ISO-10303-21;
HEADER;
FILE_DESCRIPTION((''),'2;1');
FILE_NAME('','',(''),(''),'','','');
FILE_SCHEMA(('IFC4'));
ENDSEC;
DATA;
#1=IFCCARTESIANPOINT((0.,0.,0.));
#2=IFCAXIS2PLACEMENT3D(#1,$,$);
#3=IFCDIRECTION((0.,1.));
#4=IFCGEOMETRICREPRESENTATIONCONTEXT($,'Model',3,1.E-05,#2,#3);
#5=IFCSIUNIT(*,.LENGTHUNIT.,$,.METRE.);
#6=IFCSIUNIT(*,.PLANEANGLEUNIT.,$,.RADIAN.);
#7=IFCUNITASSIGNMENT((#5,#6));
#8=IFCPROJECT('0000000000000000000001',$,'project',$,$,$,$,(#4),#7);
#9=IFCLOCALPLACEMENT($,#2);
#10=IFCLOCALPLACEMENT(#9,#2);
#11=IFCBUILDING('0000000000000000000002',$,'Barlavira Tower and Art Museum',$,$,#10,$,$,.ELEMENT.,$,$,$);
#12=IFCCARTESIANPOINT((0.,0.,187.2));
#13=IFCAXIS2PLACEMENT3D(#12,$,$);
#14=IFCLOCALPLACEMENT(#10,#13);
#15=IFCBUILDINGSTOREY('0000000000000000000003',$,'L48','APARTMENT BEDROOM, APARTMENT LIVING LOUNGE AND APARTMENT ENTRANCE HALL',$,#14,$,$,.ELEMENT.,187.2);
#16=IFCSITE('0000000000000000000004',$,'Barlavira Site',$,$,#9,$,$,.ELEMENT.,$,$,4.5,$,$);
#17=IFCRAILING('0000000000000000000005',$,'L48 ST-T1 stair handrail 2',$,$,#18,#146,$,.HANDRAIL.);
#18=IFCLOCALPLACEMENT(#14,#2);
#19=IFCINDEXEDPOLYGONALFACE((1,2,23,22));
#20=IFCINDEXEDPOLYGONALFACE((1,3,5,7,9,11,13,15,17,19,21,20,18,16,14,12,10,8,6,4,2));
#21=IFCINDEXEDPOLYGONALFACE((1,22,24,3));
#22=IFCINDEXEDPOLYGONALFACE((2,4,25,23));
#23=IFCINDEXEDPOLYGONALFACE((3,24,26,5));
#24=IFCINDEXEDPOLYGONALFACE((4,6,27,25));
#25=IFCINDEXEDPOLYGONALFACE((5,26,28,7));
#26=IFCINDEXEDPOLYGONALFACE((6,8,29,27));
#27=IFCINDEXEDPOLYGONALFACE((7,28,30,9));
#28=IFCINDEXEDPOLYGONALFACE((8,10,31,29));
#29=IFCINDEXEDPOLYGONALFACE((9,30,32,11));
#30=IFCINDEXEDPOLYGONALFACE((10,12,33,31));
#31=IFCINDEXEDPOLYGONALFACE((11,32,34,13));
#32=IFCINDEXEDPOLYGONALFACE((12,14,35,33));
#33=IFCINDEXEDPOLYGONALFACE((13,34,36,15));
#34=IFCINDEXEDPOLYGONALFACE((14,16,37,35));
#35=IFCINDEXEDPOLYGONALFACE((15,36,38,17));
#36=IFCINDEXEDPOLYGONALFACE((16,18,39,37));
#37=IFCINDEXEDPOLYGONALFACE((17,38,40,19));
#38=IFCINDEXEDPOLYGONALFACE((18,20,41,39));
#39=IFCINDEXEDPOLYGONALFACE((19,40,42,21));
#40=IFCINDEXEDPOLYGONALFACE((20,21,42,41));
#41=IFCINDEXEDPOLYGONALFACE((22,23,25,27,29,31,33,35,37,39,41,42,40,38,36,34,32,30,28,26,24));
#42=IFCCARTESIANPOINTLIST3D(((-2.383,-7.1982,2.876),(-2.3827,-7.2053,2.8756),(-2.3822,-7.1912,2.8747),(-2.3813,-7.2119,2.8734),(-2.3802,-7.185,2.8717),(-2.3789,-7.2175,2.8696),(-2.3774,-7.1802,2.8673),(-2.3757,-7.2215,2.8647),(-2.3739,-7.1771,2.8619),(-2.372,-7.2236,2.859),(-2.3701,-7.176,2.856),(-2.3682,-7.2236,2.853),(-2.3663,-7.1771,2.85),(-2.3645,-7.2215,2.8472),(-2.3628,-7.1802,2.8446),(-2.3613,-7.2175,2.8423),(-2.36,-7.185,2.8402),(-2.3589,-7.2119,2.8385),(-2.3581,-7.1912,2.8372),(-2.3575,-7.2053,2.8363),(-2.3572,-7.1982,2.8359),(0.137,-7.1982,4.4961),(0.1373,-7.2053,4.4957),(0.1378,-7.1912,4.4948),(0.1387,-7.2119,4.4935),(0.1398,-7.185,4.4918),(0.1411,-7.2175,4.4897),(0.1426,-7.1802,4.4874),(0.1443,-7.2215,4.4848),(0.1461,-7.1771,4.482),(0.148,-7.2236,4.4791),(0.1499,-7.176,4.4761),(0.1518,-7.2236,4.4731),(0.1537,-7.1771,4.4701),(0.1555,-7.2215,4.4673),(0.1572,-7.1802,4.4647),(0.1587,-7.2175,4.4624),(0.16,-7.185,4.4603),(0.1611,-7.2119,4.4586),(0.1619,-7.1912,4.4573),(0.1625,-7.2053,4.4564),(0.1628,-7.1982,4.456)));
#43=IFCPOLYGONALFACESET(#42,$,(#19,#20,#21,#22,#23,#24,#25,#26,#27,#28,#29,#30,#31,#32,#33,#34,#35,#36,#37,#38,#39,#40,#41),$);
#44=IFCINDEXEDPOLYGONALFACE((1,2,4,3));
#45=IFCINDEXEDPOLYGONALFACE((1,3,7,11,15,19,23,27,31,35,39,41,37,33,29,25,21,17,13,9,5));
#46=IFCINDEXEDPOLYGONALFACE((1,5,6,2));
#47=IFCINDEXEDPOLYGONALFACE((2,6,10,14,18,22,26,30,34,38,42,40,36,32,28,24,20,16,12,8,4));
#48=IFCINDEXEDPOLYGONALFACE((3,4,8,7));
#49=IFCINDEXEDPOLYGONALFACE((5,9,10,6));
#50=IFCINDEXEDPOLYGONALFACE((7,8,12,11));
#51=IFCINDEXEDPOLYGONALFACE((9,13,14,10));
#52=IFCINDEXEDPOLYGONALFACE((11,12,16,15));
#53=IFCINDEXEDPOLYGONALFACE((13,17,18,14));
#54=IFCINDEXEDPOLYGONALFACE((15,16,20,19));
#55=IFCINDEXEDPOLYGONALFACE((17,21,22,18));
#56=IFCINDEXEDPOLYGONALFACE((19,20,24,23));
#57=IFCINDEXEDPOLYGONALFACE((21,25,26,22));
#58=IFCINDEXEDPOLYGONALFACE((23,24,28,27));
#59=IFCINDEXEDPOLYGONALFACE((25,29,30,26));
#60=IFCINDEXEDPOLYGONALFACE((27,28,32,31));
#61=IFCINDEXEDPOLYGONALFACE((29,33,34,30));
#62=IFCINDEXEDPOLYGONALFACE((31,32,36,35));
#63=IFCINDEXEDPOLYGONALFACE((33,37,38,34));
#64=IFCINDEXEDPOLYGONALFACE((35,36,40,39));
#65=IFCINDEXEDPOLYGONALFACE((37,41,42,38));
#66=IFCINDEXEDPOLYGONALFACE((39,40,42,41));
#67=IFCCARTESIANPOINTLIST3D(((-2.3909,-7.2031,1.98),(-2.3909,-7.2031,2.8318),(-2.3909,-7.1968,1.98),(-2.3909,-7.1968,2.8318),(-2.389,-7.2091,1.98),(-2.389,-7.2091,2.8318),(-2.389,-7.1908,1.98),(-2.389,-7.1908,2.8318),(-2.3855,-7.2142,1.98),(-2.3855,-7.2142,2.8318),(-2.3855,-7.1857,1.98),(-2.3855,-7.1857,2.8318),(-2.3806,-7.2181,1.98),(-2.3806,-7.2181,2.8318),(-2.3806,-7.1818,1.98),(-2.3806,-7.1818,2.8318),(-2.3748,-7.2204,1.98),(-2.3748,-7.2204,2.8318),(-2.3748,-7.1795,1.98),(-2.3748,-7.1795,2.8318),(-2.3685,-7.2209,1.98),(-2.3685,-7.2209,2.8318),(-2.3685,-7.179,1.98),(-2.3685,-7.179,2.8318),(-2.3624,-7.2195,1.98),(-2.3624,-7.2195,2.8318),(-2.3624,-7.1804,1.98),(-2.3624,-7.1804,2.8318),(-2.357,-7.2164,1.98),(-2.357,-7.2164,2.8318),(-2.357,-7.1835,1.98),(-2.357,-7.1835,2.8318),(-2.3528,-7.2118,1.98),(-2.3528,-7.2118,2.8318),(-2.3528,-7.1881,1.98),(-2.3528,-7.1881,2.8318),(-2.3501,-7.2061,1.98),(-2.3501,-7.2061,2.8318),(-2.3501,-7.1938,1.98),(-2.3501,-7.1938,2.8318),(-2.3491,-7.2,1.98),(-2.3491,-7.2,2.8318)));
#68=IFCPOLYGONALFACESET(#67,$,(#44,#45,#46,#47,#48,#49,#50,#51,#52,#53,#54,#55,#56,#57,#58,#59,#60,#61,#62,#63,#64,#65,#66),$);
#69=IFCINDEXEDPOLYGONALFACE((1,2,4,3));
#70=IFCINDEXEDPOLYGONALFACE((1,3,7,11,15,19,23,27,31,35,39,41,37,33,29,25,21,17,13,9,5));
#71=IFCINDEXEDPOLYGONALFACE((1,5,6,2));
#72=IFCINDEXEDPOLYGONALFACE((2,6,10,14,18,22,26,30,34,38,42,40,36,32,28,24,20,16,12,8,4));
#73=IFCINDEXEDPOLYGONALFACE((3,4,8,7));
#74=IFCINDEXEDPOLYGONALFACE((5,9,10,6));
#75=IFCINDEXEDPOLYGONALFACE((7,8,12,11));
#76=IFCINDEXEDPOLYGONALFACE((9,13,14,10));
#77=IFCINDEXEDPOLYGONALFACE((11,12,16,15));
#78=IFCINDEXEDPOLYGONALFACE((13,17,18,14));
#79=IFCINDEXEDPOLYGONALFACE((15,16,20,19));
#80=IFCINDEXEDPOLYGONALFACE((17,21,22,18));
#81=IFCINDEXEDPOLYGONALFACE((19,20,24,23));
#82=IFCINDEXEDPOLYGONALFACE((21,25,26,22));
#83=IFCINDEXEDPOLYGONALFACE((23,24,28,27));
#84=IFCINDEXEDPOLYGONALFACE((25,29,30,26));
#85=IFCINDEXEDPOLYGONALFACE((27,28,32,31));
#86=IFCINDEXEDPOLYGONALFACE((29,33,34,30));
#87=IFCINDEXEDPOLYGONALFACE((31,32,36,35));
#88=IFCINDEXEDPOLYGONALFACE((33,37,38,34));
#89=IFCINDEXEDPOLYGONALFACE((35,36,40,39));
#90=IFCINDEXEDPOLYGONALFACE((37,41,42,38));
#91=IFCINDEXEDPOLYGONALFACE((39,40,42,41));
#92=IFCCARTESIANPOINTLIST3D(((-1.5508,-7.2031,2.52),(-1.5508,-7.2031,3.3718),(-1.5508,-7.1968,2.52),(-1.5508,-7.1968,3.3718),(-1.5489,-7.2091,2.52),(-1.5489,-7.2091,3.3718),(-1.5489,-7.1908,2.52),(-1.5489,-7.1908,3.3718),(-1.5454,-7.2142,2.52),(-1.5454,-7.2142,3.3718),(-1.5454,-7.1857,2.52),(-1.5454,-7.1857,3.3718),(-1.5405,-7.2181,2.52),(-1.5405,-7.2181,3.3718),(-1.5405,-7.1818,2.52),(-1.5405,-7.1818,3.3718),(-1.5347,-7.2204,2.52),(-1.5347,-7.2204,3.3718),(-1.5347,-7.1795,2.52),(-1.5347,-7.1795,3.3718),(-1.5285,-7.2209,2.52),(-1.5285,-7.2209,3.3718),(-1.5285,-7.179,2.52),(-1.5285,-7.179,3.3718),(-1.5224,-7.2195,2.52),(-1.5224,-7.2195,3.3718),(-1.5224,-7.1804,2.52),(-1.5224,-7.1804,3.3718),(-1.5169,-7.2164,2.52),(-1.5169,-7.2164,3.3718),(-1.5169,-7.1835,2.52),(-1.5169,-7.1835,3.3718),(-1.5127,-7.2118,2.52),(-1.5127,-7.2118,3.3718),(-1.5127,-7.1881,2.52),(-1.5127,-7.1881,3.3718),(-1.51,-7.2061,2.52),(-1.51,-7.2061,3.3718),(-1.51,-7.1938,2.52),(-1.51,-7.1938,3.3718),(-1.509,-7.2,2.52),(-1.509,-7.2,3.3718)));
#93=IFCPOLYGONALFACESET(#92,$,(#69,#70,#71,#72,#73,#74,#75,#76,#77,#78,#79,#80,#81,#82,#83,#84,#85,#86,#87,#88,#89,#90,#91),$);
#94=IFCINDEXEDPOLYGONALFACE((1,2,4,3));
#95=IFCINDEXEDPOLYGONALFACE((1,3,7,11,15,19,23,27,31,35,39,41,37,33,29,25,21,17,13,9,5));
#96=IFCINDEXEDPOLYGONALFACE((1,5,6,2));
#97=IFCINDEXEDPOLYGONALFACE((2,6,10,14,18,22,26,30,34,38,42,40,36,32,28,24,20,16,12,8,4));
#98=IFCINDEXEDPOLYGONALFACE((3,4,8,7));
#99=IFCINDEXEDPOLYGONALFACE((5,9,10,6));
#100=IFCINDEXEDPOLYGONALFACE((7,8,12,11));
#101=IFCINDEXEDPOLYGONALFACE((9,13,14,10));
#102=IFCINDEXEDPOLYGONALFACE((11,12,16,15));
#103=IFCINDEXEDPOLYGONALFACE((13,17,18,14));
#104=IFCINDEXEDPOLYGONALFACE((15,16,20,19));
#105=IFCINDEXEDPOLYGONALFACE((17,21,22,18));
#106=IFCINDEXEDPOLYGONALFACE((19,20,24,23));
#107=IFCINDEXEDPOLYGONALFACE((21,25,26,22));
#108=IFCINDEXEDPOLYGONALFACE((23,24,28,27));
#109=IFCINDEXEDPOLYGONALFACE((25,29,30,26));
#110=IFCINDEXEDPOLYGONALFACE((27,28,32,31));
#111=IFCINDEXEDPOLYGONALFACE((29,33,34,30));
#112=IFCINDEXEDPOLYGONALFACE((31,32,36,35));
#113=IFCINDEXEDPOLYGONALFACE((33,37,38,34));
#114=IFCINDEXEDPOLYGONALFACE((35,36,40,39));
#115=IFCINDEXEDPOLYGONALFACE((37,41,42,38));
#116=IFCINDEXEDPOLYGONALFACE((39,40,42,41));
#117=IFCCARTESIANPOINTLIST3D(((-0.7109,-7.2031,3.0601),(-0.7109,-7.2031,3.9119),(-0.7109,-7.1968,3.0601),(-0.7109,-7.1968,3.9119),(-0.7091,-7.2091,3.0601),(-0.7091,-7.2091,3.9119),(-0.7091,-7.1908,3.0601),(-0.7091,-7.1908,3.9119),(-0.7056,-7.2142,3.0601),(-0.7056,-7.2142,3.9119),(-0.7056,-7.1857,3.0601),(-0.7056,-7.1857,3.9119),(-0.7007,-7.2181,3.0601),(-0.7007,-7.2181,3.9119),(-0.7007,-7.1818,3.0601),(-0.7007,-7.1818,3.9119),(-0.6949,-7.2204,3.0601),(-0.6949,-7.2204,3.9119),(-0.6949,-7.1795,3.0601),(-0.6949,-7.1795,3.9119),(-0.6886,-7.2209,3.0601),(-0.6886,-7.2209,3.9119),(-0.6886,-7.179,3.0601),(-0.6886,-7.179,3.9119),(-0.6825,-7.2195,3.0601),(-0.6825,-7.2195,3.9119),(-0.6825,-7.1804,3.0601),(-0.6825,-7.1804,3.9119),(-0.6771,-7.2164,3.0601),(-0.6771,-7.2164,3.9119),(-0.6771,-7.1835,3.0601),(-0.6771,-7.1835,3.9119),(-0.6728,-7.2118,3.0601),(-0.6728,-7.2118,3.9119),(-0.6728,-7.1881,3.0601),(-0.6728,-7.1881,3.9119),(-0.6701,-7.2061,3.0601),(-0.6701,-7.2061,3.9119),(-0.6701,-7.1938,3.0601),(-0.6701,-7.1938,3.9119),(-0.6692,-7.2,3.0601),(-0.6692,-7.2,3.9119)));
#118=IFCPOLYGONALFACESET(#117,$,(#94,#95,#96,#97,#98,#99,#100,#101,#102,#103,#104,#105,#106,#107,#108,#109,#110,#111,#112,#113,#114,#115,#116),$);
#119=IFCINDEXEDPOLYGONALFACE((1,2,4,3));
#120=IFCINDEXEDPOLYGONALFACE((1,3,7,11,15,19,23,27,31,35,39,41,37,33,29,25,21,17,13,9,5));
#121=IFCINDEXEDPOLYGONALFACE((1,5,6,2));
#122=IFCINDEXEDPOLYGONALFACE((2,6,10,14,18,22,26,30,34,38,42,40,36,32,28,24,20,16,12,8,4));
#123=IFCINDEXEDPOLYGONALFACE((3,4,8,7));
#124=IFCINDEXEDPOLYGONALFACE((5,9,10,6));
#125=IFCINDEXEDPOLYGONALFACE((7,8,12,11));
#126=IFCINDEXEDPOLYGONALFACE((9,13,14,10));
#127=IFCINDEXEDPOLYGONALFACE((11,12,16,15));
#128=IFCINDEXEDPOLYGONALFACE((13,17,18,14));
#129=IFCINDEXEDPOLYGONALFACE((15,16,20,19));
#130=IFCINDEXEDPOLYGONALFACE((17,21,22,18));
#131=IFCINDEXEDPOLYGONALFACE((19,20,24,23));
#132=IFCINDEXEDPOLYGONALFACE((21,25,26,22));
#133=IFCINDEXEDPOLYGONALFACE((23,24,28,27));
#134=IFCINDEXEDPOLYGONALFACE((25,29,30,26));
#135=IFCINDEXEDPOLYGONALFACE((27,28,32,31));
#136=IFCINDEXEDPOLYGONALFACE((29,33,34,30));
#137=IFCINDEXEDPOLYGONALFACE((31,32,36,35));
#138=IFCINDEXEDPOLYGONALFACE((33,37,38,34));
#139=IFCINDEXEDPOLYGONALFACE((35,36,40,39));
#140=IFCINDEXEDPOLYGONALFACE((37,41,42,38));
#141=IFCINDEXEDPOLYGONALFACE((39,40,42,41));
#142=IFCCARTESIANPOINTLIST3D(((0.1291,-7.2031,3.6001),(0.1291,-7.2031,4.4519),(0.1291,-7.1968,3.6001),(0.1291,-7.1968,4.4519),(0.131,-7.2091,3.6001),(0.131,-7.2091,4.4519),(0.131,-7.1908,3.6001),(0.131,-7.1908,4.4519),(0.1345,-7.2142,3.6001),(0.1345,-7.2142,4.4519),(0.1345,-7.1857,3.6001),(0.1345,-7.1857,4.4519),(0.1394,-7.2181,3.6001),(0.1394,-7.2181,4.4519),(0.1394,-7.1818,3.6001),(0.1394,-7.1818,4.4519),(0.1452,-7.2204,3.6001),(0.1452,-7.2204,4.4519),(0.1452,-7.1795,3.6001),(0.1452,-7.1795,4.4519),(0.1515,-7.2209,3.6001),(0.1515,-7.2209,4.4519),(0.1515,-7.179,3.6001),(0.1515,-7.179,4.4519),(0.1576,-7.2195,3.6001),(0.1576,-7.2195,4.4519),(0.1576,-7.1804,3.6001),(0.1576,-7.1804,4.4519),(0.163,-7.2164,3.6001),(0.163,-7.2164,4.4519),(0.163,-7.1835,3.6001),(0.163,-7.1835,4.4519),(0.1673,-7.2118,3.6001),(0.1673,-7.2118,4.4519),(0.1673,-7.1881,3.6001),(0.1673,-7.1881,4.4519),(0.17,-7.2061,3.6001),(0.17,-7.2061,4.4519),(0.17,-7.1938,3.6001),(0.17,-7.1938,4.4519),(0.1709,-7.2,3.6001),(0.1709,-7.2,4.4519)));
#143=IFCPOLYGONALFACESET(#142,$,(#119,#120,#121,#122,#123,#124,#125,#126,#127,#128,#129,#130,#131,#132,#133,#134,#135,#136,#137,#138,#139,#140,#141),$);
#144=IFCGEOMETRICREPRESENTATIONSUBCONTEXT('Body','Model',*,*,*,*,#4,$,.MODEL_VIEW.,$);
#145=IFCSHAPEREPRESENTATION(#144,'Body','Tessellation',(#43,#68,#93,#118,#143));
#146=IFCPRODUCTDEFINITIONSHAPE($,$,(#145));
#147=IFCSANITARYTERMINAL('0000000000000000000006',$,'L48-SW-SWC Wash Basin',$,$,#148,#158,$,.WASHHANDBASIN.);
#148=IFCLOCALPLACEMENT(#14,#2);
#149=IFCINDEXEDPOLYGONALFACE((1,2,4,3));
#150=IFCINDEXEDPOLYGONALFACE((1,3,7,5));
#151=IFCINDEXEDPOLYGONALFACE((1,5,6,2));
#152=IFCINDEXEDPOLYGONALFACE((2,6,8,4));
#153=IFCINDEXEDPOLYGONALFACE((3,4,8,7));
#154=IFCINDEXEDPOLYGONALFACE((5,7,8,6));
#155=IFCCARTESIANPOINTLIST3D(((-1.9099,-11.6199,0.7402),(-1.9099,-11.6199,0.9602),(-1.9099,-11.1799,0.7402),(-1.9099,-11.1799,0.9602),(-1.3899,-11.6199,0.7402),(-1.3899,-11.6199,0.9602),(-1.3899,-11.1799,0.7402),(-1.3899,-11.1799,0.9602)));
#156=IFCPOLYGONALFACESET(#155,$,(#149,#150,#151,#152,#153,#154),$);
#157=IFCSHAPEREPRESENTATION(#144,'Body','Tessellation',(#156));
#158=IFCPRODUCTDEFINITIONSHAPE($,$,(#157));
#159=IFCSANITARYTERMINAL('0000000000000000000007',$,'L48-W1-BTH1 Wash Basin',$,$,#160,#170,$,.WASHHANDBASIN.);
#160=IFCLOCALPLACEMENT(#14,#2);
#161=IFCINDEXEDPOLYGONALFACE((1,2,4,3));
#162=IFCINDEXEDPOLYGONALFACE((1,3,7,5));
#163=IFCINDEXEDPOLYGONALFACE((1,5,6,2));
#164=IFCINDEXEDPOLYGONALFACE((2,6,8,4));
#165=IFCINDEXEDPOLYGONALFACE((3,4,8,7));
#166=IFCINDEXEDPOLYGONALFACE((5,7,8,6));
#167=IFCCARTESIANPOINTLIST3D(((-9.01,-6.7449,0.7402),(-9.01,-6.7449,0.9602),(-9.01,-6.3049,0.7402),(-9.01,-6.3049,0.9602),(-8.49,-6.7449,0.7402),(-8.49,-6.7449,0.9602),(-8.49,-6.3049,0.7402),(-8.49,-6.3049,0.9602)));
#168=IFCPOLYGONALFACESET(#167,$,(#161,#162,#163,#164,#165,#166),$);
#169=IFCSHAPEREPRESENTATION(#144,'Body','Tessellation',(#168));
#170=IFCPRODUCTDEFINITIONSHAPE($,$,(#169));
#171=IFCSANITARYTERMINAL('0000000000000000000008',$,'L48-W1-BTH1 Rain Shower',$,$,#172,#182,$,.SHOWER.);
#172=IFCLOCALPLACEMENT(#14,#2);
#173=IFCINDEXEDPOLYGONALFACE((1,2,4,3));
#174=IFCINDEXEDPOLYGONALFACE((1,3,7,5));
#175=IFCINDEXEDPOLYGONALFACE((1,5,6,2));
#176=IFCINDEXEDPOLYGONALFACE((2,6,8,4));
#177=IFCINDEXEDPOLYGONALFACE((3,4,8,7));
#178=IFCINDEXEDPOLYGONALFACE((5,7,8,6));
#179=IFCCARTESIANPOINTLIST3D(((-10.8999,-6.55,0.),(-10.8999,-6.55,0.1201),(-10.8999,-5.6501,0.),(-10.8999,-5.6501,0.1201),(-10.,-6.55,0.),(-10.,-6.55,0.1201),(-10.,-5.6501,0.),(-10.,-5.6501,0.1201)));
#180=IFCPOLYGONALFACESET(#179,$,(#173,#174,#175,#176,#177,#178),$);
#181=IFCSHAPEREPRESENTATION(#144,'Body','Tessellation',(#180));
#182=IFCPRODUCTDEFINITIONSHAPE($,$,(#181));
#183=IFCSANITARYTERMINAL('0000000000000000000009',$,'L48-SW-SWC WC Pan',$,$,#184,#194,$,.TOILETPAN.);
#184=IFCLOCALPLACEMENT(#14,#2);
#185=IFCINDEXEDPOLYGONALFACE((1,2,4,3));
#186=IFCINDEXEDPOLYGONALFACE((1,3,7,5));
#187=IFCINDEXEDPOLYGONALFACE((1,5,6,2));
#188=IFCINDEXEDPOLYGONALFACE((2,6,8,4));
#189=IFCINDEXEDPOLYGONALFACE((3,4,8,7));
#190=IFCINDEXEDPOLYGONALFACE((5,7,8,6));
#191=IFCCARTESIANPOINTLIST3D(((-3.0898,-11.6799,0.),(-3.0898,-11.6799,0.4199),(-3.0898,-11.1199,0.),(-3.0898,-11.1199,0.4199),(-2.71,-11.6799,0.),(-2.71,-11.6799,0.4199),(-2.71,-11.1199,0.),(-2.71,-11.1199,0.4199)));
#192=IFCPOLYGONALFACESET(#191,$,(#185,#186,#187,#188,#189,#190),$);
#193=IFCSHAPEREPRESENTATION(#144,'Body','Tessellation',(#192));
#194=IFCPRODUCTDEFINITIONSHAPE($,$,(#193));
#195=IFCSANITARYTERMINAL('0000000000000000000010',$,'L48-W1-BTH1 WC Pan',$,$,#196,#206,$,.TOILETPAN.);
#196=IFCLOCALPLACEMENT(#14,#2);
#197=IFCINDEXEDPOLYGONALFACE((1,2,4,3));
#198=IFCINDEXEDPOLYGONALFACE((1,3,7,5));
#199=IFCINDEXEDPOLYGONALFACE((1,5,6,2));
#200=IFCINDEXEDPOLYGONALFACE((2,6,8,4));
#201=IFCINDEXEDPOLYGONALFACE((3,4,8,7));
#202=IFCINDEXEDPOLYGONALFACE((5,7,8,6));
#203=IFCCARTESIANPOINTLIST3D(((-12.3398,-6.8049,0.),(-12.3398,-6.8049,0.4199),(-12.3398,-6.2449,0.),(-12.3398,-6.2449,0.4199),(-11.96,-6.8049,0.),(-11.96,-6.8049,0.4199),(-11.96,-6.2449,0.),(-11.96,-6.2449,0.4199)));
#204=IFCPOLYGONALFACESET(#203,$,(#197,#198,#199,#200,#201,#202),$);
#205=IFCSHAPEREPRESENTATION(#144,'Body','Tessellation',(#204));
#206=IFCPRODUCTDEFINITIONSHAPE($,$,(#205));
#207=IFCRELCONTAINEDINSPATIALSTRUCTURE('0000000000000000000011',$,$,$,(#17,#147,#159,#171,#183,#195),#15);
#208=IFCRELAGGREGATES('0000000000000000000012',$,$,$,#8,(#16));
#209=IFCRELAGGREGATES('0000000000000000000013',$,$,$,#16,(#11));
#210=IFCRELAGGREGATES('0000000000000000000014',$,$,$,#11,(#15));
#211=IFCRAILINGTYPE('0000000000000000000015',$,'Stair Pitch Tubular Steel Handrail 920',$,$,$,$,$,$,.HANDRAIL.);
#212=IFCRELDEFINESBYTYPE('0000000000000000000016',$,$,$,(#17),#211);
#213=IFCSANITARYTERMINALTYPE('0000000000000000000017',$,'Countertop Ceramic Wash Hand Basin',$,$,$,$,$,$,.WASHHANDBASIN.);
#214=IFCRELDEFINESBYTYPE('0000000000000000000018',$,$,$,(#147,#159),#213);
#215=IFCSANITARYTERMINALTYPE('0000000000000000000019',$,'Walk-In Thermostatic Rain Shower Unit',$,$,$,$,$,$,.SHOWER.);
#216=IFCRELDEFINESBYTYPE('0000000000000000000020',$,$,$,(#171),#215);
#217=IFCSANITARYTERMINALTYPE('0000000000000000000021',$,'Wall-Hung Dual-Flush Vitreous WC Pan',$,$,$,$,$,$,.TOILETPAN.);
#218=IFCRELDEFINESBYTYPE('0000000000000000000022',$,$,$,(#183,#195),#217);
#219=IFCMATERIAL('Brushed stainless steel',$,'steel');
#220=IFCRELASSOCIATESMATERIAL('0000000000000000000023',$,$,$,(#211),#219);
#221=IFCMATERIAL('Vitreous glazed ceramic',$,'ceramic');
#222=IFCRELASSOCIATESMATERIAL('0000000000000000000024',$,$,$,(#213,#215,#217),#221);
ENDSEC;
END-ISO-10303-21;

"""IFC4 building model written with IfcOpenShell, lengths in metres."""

from ifc_helpers import new_model, si_unit, direction, frame, origin, origin_2d, place, context, subcontext, project, spatial, rectangle, circle, extrude, material, type_object, element, save


model = new_model("IFC4")

# Units and contexts
model_context = context("Model", 3, precision=1e-05, world=origin(), true_north=direction((0.0, 1.0)))
body_context = subcontext(model_context, "Body", "Model", "MODEL_VIEW")
ifc_project = project(units=[si_unit("LENGTHUNIT", "METRE"), si_unit("PLANEANGLEUNIT", "RADIAN")], contexts=[model_context])

# Site, building, storey
site_placement = place(None, origin())
site = spatial("IfcSite", under=ifc_project, at=site_placement, Name="Barlavira Site", CompositionType="ELEMENT", RefElevation=4.5)
building_placement = place(site_placement, origin())
building = spatial("IfcBuilding", under=site, at=building_placement, Name="Barlavira Tower and Art Museum", CompositionType="ELEMENT")
storey_placement = place(building_placement, frame((0.0, 0.0, 187.2)))
storey = spatial("IfcBuildingStorey", under=building, at=storey_placement, Name="L48", Description="APARTMENT BEDROOM, APARTMENT LIVING LOUNGE AND APARTMENT ENTRANCE HALL", CompositionType="ELEMENT", Elevation=187.2)

# Shared definitions
ifc_material_1 = material(Name="Brushed stainless steel", Category="steel")

# Railing
railing_type_1 = type_object("IfcRailingType", Name="Stair Pitch Tubular Steel Handrail 920", PredefinedType="HANDRAIL", material=ifc_material_1)
railing_1_placement = place(storey_placement, frame((-2.3701, -7.2, 1.98)))
element("IfcRailing", 1, at=railing_1_placement, inside=storey, type_object=railing_type_1, Name="L48 ST-T1 stair handrail 2", PredefinedType="HANDRAIL", context=body_context, shape_type="SweptSolid", body=[
    extrude(circle(Radius=0.0239, at=origin_2d()), frame((0.0, 0.0, 0.876), z_axis=(0.841163, 0.0, 0.540782), x_axis=(0.0, 1.0, 0.0)), (0.0, 0.0, 1.0), 2.9958),
    extrude(circle(Radius=0.021, at=origin_2d()), origin(), (0.0, 0.0, 1.0), 0.8518),
    extrude(circle(Radius=0.021, at=origin_2d()), frame((0.8401, 0.0, 0.54)), (0.0, 0.0, 1.0), 0.8518),
    extrude(circle(Radius=0.021, at=origin_2d()), frame((1.6799, 0.0, 1.0801)), (0.0, 0.0, 1.0), 0.8518),
    extrude(circle(Radius=0.021, at=origin_2d()), frame((2.52, 0.0, 1.6201)), (0.0, 0.0, 1.0), 0.8518),
])

# Sanitary terminals
ifc_material_2 = material(Name="Vitreous glazed ceramic", Category="ceramic")
sanitary_terminal_type_1 = type_object("IfcSanitaryTerminalType", Name="Countertop Ceramic Wash Hand Basin", PredefinedType="WASHHANDBASIN", material=ifc_material_2)
for number, where, z_axis, x_axis, name in (
    (2, (-1.6499, -11.3999, 0.7402), (0.0, 0.0, 1.0), (1.0, 0.0, 0.0), "L48-SW-SWC Wash Basin"),
    (3, (-8.75, -6.5249, 0.7402), (0.0, 0.0, 1.0), (1.0, 0.0, 0.0), "L48-W1-BTH1 Wash Basin"),
):
    element("IfcSanitaryTerminal", number, at=place(storey_placement, frame(where, z_axis=z_axis, x_axis=x_axis)), inside=storey, type_object=sanitary_terminal_type_1, Name=name, PredefinedType="WASHHANDBASIN", context=body_context, shape_type="SweptSolid", body=[
        extrude(rectangle(XDim=0.52, YDim=0.4399, at=origin_2d()), origin(), (0.0, 0.0, 1.0), 0.22),
    ])
sanitary_terminal_type_2 = type_object("IfcSanitaryTerminalType", Name="Walk-In Thermostatic Rain Shower Unit", PredefinedType="SHOWER", material=ifc_material_2)
sanitary_terminal_placement = place(storey_placement, frame((-10.45, -6.1001, 0.0), z_axis=(0.0, 0.0, 1.0), x_axis=(1.0, 0.0, 0.0)))
element("IfcSanitaryTerminal", 4, at=sanitary_terminal_placement, inside=storey, type_object=sanitary_terminal_type_2, Name="L48-W1-BTH1 Rain Shower", PredefinedType="SHOWER", context=body_context, shape_type="SweptSolid", body=[
    extrude(rectangle(XDim=0.8999, YDim=0.8999, at=origin_2d()), origin(), (0.0, 0.0, 1.0), 0.1201),
])
sanitary_terminal_type_3 = type_object("IfcSanitaryTerminalType", Name="Wall-Hung Dual-Flush Vitreous WC Pan", PredefinedType="TOILETPAN", material=ifc_material_2)
for number, where, z_axis, x_axis, name in (
    (5, (-2.8999, -11.3999, 0.0), (0.0, 0.0, 1.0), (1.0, 0.0, 0.0), "L48-SW-SWC WC Pan"),
    (6, (-12.1499, -6.5249, 0.0), (0.0, 0.0, 1.0), (1.0, 0.0, 0.0), "L48-W1-BTH1 WC Pan"),
):
    element("IfcSanitaryTerminal", number, at=place(storey_placement, frame(where, z_axis=z_axis, x_axis=x_axis)), inside=storey, type_object=sanitary_terminal_type_3, Name=name, PredefinedType="TOILETPAN", context=body_context, shape_type="SweptSolid", body=[
        extrude(rectangle(XDim=0.3799, YDim=0.5601, at=origin_2d()), origin(), (0.0, 0.0, 1.0), 0.4199),
    ])

save(model, "model.ifc")
